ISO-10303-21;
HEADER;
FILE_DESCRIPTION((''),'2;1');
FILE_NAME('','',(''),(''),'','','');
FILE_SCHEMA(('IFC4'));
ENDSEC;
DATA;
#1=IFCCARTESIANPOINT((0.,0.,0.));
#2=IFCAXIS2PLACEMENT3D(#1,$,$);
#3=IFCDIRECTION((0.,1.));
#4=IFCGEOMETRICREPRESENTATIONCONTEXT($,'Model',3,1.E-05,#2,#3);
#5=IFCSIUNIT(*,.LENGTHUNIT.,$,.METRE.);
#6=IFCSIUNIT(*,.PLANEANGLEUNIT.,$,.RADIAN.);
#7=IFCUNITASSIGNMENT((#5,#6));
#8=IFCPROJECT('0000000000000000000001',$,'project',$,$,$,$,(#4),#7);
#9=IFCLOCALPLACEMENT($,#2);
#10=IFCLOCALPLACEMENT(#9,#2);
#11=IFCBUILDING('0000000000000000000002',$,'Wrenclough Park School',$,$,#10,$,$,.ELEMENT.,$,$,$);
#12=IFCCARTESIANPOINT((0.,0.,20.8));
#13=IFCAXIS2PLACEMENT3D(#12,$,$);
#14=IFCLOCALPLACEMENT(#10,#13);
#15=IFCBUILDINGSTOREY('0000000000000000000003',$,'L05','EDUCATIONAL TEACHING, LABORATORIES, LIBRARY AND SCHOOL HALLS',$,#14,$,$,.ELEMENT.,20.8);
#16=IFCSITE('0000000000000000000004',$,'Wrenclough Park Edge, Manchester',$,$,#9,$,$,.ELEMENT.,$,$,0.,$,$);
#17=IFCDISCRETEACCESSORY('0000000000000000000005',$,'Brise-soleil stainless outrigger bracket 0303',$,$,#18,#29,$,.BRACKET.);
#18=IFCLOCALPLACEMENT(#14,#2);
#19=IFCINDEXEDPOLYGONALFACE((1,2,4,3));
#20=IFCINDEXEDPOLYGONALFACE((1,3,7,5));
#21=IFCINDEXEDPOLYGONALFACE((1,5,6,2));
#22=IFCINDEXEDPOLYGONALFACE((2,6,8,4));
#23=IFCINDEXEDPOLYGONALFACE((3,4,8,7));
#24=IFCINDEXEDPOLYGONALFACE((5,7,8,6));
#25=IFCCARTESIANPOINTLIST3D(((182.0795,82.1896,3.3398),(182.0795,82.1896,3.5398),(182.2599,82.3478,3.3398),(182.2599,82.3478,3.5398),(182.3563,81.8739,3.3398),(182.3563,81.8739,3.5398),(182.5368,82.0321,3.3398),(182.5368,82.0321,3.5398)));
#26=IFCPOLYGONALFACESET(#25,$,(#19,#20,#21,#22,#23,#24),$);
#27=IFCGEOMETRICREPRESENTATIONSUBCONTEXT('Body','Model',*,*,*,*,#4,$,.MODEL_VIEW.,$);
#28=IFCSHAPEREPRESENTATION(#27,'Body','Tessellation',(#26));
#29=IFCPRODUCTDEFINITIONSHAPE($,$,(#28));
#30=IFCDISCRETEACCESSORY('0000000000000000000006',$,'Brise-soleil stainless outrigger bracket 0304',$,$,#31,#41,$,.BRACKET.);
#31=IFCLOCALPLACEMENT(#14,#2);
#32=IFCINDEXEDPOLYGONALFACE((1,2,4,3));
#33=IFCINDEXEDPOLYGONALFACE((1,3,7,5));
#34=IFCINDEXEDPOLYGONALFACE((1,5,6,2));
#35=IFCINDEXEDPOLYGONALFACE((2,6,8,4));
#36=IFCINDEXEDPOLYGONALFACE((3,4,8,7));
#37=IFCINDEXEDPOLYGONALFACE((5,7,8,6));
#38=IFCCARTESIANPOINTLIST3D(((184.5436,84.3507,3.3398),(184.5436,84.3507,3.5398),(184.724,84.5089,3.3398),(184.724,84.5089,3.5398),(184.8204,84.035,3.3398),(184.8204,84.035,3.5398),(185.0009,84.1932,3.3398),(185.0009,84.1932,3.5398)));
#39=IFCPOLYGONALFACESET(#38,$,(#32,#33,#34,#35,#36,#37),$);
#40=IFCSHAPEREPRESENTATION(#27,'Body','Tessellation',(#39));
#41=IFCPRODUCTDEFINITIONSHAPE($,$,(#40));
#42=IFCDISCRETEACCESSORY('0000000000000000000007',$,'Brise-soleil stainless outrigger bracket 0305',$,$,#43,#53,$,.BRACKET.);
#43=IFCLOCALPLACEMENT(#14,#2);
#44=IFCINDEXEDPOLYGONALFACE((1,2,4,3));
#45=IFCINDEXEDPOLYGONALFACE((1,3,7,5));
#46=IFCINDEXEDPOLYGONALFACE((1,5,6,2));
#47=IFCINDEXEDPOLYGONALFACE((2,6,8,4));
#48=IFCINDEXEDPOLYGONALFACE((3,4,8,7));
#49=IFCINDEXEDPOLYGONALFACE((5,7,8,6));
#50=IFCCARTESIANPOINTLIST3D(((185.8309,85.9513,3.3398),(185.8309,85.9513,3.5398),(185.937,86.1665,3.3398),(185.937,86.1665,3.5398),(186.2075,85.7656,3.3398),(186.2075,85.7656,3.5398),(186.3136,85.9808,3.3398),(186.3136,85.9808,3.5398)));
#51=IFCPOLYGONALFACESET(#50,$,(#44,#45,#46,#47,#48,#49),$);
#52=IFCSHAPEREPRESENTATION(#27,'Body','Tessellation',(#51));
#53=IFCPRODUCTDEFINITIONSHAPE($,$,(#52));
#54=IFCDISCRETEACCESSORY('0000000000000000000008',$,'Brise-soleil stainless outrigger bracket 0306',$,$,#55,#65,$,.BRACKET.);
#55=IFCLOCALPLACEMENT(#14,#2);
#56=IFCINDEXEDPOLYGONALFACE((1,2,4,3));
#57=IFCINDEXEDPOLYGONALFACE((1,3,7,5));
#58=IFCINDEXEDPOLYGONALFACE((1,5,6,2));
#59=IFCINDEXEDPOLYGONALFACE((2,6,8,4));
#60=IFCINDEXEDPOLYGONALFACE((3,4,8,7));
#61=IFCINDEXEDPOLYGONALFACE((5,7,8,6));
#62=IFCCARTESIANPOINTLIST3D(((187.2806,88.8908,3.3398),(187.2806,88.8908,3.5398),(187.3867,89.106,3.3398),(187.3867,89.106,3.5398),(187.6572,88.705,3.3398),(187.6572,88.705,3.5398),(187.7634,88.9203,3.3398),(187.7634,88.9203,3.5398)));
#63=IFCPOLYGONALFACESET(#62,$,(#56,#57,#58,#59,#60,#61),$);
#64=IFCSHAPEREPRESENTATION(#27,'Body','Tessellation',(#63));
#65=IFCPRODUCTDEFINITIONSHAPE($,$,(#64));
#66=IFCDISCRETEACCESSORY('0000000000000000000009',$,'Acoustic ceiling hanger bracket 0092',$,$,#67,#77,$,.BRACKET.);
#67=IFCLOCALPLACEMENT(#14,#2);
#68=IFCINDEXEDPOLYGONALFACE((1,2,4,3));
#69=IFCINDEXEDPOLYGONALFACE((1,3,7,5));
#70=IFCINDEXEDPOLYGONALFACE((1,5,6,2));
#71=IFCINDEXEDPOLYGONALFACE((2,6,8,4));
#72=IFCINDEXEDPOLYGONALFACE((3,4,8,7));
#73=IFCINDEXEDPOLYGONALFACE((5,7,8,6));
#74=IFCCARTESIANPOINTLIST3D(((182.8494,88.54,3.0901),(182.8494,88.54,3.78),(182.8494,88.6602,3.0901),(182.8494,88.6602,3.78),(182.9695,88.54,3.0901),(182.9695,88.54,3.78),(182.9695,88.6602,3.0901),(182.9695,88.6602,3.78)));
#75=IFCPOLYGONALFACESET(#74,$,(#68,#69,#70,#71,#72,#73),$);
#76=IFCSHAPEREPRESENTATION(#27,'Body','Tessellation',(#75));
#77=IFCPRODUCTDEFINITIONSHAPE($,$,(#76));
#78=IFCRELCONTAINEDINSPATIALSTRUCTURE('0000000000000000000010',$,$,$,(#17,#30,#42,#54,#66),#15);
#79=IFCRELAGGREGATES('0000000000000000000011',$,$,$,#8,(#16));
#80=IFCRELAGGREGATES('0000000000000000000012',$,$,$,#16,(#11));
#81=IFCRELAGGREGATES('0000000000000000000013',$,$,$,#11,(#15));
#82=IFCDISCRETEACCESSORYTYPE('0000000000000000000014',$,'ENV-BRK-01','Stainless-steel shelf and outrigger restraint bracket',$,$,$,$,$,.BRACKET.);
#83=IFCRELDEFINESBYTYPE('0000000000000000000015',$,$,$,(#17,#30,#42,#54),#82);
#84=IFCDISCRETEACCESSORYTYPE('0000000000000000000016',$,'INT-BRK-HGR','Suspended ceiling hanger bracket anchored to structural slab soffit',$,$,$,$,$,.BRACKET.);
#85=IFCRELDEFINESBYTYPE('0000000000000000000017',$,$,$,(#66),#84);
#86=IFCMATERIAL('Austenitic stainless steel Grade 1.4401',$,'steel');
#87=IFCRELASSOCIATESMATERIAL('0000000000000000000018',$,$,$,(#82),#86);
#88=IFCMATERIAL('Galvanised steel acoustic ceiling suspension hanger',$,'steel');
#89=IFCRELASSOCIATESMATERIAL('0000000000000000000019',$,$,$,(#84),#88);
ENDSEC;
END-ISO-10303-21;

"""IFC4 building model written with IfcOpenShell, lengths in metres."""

from ifc_helpers import new_model, si_unit, direction, frame, origin, origin_2d, place, context, subcontext, project, spatial, rectangle, extrude, material, type_object, element, save


model = new_model("IFC4")

# Units and contexts
model_context = context("Model", 3, precision=1e-05, world=origin(), true_north=direction((0.0, 1.0)))
body_context = subcontext(model_context, "Body", "Model", "MODEL_VIEW")
ifc_project = project(units=[si_unit("LENGTHUNIT", "METRE"), si_unit("PLANEANGLEUNIT", "RADIAN")], contexts=[model_context])

# Site, building, storey
site_placement = place(None, origin())
site = spatial("IfcSite", under=ifc_project, at=site_placement, Name="Wrenclough Park Edge, Manchester", CompositionType="ELEMENT", RefElevation=0.0)
building_placement = place(site_placement, origin())
building = spatial("IfcBuilding", under=site, at=building_placement, Name="Wrenclough Park School", CompositionType="ELEMENT")
storey_placement = place(building_placement, frame((0.0, 0.0, 20.8)))
storey = spatial("IfcBuildingStorey", under=building, at=storey_placement, Name="L05", Description="EDUCATIONAL TEACHING, LABORATORIES, LIBRARY AND SCHOOL HALLS", CompositionType="ELEMENT", Elevation=20.8)

# Discrete accessories
ifc_material_1 = material(Name="Austenitic stainless steel Grade 1.4401", Category="steel")
discrete_accessory_type_1 = type_object("IfcDiscreteAccessoryType", Name="ENV-BRK-01", Description="Stainless-steel shelf and outrigger restraint bracket", PredefinedType="BRACKET", material=ifc_material_1)
for number, where, z_axis, x_axis, name in (
    (1, (182.3081, 82.1108, 3.3398), (0.0, 0.0, 1.0), (0.751836, 0.659351, 0.0), "Brise-soleil stainless outrigger bracket 0303"),
    (2, (184.7722, 84.272, 3.3398), (0.0, 0.0, 1.0), (0.751836, 0.659351, 0.0), "Brise-soleil stainless outrigger bracket 0304"),
    (3, (186.0723, 85.9661, 3.3398), (0.0, 0.0, 1.0), (0.442301, 0.896867, 0.0), "Brise-soleil stainless outrigger bracket 0305"),
    (4, (187.522, 88.9055, 3.3398), (0.0, 0.0, 1.0), (0.442301, 0.896867, 0.0), "Brise-soleil stainless outrigger bracket 0306"),
):
    element("IfcDiscreteAccessory", number, at=place(storey_placement, frame(where, z_axis=z_axis, x_axis=x_axis)), inside=storey, type_object=discrete_accessory_type_1, Name=name, PredefinedType="BRACKET", context=body_context, shape_type="SweptSolid", body=[
        extrude(rectangle(XDim=0.24, YDim=0.4199, at=origin_2d()), origin(), (0.0, 0.0, 1.0), 0.2),
    ])
ifc_material_2 = material(Name="Galvanised steel acoustic ceiling suspension hanger", Category="steel")
discrete_accessory_type_2 = type_object("IfcDiscreteAccessoryType", Name="INT-BRK-HGR", Description="Suspended ceiling hanger bracket anchored to structural slab soffit", PredefinedType="BRACKET", material=ifc_material_2)
discrete_accessory_placement = place(storey_placement, frame((182.9094, 88.6001, 3.0901), z_axis=(0.0, 0.0, 1.0), x_axis=(1.0, 0.0, 0.0)))
element("IfcDiscreteAccessory", 5, at=discrete_accessory_placement, inside=storey, type_object=discrete_accessory_type_2, Name="Acoustic ceiling hanger bracket 0092", PredefinedType="BRACKET", context=body_context, shape_type="SweptSolid", body=[
    extrude(rectangle(XDim=0.1201, YDim=0.1201, at=origin_2d()), origin(), (0.0, 0.0, 1.0), 0.6899),
])

save(model, "model.ifc")
